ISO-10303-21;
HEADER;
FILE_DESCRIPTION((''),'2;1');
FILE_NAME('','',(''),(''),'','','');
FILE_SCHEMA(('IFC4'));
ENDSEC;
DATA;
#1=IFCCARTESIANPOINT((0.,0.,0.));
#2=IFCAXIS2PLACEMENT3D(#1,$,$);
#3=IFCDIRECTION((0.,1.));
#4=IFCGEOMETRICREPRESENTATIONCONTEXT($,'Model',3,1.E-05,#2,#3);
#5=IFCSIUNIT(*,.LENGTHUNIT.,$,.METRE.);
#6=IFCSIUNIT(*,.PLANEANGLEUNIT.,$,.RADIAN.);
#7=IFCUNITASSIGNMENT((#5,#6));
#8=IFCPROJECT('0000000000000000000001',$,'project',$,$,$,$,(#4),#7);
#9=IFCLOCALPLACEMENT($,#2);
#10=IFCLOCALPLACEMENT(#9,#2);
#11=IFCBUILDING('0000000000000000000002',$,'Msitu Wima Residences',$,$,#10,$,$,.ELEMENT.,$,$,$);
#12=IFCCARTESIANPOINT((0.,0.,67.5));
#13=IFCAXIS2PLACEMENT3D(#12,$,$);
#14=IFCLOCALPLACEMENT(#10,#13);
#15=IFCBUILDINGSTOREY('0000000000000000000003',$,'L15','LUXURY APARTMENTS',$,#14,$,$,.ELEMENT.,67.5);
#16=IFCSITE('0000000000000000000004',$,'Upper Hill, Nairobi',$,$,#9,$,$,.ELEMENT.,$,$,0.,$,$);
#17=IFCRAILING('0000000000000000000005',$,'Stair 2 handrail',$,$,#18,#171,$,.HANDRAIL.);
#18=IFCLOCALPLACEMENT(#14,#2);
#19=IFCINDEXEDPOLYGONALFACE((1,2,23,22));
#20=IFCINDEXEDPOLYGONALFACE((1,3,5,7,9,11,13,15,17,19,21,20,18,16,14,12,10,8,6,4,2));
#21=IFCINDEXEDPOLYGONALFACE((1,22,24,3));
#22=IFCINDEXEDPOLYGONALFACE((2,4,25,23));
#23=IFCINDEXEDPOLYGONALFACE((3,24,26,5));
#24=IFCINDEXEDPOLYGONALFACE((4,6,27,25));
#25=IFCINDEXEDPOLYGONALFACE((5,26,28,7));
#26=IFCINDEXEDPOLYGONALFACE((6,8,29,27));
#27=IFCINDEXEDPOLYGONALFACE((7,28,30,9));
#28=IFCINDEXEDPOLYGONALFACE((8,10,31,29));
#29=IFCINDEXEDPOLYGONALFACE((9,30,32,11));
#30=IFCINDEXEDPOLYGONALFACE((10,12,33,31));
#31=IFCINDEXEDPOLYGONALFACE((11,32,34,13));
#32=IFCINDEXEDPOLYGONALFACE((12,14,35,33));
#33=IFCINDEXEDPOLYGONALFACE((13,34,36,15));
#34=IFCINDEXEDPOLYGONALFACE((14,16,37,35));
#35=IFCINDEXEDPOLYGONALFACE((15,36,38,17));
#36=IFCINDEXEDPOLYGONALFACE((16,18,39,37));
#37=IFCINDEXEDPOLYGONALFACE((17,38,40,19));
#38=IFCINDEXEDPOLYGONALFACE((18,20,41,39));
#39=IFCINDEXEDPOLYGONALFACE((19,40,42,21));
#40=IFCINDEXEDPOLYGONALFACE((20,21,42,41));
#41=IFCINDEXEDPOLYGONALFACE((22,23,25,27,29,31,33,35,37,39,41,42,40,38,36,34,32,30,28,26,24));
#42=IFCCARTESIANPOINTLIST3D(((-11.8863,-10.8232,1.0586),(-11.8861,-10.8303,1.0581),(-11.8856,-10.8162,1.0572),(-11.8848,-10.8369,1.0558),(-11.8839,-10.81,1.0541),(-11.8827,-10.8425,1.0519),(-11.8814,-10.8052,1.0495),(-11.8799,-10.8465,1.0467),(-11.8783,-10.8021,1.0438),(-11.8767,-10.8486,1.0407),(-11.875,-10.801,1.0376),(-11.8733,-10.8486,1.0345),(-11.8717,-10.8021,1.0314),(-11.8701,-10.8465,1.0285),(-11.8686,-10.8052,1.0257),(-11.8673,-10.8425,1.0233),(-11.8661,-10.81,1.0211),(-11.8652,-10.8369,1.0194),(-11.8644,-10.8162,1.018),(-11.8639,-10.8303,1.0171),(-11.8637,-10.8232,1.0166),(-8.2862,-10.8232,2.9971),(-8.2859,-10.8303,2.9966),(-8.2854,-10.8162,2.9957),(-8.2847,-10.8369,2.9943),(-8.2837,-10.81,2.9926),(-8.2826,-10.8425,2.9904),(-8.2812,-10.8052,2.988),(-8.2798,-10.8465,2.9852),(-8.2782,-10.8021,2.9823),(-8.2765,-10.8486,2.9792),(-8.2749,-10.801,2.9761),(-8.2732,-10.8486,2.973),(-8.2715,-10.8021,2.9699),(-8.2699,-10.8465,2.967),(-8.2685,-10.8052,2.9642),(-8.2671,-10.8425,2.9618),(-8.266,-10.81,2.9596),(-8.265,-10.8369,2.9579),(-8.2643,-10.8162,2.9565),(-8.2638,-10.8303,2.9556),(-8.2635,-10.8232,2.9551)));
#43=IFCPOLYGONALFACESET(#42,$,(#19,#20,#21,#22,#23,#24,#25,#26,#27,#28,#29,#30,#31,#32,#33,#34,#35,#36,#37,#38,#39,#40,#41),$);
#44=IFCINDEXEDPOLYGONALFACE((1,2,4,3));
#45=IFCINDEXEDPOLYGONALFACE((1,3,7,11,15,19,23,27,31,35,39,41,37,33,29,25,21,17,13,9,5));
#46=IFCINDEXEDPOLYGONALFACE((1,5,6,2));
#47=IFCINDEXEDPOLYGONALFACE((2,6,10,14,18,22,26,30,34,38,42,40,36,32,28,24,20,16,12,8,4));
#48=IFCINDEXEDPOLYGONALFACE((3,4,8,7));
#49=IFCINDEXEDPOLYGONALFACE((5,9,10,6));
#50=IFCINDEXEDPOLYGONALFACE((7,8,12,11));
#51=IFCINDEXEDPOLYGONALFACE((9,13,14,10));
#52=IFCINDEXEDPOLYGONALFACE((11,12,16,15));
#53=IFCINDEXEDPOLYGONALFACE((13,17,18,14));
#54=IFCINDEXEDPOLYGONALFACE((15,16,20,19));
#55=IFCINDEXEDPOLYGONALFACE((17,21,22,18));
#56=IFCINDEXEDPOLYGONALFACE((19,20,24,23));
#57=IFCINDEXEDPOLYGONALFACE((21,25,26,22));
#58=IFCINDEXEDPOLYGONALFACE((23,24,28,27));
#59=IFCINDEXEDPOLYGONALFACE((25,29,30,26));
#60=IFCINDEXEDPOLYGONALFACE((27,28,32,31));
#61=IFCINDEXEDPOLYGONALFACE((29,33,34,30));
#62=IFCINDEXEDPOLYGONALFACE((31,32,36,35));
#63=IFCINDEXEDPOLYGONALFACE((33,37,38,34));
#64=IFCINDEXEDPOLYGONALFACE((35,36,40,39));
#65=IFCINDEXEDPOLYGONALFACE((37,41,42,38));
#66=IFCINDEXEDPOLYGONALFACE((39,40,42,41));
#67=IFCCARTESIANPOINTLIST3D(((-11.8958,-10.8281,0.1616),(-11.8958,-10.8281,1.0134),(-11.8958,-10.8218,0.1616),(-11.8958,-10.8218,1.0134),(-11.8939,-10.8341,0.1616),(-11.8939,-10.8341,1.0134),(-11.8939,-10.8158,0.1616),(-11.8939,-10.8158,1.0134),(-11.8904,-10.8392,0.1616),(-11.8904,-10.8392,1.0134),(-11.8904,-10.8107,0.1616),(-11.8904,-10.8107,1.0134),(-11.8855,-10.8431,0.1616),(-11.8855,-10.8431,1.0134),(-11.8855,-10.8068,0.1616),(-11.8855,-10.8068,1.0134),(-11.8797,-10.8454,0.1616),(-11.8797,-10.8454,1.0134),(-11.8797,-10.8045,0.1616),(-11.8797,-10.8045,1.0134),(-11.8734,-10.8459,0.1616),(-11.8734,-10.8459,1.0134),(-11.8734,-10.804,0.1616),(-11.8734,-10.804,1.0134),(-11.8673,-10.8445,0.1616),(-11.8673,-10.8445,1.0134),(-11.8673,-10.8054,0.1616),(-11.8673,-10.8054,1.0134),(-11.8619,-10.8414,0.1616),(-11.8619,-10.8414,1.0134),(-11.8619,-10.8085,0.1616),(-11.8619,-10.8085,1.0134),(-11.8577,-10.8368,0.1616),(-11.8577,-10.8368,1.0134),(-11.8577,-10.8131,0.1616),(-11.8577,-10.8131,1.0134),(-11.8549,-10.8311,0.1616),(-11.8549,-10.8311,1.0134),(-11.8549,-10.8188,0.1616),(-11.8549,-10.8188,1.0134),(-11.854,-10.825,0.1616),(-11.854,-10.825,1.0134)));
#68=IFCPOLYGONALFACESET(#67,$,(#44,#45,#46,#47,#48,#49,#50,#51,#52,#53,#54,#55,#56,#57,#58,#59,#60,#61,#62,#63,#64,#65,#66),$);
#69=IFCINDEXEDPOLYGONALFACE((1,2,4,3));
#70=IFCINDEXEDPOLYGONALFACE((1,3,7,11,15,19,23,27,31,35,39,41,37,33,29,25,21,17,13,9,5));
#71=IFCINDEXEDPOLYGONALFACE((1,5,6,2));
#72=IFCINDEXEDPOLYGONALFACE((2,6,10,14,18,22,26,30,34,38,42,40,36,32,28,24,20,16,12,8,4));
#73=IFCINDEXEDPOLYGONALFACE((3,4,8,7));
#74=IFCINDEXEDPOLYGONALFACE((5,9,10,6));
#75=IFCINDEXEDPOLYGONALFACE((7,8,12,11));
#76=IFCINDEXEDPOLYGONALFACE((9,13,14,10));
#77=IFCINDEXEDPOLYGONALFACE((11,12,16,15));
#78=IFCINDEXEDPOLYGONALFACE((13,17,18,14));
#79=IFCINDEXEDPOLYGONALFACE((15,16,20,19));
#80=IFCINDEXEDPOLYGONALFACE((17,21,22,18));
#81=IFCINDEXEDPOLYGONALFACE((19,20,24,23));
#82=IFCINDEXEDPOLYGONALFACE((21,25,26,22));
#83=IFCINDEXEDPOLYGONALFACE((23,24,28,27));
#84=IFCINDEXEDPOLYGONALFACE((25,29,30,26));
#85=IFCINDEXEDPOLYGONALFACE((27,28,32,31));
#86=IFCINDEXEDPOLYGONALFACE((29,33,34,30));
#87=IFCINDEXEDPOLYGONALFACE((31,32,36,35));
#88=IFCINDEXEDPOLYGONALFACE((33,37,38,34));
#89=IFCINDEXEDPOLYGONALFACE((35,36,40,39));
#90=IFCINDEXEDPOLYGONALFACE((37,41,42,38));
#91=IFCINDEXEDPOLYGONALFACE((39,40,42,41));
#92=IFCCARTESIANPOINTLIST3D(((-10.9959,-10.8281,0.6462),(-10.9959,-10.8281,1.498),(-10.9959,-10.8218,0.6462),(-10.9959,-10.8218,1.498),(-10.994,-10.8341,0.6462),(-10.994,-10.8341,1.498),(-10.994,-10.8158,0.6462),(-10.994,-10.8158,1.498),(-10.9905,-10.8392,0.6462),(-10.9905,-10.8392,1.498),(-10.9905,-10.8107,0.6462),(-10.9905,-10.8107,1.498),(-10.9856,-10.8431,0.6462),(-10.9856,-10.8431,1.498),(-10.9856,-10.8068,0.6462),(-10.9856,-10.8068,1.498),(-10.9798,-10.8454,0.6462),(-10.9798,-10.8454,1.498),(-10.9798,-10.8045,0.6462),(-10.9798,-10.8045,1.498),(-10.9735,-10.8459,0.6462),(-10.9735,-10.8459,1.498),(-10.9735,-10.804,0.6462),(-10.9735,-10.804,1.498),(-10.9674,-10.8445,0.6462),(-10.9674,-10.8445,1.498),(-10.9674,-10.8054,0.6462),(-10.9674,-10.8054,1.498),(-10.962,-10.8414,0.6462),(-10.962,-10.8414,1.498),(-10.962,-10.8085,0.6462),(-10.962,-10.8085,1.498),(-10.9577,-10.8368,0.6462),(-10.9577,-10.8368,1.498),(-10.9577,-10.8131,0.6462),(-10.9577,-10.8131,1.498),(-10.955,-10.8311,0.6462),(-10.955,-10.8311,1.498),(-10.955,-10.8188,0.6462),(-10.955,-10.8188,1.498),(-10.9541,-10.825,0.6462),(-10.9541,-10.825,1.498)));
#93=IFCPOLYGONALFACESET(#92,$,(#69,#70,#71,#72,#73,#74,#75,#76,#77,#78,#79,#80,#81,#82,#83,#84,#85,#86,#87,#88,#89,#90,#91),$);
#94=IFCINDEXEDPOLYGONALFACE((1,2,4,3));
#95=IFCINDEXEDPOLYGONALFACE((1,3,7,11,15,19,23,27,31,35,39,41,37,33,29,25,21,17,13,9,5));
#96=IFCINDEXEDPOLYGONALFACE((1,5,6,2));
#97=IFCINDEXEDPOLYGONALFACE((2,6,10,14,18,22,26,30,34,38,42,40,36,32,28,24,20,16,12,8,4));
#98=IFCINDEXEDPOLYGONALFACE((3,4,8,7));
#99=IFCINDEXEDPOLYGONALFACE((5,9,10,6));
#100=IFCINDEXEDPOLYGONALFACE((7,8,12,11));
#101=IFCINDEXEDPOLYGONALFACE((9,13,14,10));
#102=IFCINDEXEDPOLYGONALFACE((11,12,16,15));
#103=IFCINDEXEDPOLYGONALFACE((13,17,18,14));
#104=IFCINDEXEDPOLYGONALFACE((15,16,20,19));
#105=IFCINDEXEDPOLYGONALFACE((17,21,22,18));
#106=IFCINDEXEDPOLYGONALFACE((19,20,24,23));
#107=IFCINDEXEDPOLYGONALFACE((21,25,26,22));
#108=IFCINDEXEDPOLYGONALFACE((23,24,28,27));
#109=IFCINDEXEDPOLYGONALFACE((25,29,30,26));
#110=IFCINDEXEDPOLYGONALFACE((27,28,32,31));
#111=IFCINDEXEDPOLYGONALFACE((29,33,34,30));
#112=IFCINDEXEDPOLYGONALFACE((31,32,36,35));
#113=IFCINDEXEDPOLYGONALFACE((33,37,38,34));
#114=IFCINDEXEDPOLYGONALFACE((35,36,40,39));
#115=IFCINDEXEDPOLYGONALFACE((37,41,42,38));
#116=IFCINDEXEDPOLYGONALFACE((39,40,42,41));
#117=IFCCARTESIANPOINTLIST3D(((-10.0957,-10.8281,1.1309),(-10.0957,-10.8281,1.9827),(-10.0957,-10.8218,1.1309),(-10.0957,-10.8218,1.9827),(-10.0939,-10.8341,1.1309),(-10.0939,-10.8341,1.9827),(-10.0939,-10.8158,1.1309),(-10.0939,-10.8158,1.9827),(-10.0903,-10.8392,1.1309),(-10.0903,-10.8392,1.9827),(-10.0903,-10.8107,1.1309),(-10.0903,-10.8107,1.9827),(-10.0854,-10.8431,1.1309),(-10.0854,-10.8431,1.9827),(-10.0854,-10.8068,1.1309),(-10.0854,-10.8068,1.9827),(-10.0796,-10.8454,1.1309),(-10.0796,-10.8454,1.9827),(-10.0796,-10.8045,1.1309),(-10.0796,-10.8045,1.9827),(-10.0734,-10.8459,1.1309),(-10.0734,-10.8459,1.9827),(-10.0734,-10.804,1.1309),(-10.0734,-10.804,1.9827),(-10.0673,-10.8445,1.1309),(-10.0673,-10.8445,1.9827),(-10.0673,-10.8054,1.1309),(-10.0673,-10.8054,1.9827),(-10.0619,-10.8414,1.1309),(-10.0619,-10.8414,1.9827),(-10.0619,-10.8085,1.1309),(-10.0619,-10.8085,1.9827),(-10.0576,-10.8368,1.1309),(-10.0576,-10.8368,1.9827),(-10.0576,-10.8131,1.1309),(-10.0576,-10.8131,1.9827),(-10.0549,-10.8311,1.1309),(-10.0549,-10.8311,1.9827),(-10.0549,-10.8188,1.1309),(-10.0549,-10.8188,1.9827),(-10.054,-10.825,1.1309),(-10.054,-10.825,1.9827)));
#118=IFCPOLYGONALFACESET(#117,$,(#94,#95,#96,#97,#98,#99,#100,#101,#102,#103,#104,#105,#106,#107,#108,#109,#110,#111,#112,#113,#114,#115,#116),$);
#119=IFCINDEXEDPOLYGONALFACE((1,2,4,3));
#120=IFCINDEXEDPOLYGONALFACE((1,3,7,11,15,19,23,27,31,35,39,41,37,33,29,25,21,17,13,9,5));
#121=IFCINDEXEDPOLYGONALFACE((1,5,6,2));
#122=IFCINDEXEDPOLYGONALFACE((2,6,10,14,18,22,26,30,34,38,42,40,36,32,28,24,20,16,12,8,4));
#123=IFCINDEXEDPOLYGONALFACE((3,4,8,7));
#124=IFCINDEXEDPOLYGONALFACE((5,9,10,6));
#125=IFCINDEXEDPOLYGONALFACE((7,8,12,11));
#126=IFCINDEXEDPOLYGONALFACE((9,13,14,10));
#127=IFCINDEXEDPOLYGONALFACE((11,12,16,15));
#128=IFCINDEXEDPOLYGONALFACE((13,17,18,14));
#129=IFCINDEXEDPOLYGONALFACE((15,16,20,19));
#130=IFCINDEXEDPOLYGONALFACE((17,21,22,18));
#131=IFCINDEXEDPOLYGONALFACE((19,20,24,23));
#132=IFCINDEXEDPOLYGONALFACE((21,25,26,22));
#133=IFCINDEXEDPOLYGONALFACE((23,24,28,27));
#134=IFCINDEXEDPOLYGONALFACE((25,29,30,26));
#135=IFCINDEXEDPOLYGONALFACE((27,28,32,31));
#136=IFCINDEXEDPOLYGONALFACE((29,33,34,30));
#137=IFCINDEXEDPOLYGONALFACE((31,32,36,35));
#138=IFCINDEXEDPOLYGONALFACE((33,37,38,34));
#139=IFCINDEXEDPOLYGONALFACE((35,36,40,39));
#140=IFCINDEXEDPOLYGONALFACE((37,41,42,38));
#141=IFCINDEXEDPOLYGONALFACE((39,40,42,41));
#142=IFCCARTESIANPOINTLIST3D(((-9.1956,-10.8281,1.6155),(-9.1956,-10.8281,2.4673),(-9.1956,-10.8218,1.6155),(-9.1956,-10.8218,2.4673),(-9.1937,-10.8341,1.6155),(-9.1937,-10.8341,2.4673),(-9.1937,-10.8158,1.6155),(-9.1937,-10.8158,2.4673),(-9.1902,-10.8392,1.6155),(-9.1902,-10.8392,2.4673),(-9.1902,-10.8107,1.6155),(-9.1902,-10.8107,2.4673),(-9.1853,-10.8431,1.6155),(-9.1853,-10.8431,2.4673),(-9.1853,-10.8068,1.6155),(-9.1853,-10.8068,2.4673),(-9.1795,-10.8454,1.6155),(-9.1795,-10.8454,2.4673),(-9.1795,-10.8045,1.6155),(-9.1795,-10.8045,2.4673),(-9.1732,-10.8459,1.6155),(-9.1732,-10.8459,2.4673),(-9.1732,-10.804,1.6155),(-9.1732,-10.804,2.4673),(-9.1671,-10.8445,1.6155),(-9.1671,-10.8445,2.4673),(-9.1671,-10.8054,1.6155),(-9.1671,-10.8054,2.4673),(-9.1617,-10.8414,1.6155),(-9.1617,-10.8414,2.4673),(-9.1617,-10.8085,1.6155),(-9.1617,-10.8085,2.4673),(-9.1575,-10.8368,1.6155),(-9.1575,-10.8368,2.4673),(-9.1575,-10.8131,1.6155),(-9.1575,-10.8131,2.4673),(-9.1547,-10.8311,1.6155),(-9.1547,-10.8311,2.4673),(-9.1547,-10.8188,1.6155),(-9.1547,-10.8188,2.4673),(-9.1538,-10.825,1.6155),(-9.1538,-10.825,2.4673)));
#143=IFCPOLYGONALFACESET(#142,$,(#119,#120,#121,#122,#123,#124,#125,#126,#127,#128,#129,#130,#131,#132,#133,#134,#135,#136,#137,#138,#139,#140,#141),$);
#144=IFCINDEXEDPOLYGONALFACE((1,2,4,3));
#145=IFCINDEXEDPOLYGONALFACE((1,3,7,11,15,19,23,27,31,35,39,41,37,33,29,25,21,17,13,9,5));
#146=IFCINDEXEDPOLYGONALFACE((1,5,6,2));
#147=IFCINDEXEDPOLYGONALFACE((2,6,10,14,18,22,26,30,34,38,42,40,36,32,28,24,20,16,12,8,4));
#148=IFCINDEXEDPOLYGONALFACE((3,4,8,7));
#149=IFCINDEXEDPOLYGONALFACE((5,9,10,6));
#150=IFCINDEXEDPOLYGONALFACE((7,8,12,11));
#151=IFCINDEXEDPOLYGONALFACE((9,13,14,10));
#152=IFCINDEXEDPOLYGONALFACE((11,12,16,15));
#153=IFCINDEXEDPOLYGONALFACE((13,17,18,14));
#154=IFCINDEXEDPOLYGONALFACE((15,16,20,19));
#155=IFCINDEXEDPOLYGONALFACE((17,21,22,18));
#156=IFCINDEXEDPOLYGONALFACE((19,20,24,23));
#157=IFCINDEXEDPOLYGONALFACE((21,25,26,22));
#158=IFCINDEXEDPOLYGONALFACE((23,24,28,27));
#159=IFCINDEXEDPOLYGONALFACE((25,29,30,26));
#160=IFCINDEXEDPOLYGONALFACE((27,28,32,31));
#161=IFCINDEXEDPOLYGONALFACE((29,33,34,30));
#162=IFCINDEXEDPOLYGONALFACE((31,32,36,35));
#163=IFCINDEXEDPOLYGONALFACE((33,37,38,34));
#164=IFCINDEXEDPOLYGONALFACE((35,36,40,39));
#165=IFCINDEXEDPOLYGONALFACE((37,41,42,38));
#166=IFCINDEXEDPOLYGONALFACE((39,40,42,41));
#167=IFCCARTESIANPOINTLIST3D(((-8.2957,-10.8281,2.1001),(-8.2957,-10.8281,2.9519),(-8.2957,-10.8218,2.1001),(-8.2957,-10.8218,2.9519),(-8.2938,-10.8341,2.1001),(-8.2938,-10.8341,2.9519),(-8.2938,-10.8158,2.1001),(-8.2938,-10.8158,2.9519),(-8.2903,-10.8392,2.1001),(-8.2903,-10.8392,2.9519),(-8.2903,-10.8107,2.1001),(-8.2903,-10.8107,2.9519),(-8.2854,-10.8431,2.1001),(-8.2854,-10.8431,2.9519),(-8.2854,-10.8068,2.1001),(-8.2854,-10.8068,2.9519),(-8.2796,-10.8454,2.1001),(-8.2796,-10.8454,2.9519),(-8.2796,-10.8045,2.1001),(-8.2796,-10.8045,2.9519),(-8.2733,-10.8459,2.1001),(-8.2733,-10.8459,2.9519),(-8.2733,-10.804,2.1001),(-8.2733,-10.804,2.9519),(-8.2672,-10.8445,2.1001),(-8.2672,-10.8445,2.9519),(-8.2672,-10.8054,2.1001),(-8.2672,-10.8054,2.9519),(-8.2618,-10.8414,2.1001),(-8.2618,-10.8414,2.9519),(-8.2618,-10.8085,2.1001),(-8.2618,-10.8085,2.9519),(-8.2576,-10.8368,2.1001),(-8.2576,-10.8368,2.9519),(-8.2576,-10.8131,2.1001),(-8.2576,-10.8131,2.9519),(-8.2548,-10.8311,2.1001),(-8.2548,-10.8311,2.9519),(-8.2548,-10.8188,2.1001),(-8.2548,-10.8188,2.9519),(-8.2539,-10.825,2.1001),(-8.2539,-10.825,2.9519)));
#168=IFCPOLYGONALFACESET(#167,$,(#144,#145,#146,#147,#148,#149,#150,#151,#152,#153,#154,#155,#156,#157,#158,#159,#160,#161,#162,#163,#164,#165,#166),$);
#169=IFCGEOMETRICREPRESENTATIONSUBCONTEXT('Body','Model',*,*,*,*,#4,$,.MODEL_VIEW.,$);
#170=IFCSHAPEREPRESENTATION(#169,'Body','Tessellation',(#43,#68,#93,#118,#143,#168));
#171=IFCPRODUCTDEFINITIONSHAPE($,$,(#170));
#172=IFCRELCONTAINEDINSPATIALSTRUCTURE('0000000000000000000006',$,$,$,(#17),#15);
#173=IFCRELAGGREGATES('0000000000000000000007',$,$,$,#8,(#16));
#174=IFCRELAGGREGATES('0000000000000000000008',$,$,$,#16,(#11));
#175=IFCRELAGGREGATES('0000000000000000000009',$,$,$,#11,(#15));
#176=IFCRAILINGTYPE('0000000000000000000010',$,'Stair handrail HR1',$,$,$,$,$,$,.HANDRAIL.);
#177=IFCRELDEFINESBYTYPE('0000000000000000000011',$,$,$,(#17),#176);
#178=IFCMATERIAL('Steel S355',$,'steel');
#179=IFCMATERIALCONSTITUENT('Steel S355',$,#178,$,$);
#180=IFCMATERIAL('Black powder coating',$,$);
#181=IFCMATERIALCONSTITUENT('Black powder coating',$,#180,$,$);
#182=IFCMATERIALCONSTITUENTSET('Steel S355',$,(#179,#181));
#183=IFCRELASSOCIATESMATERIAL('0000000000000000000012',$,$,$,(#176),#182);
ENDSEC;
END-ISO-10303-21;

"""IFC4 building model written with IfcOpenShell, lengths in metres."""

from ifc_helpers import new_model, si_unit, direction, frame, origin, origin_2d, place, context, subcontext, project, spatial, circle, extrude, material, constituent, constituent_set, type_object, element, save


model = new_model("IFC4")

# Units and contexts
model_context = context("Model", 3, precision=1e-05, world=origin(), true_north=direction((0.0, 1.0)))
body_context = subcontext(model_context, "Body", "Model", "MODEL_VIEW")
ifc_project = project(units=[si_unit("LENGTHUNIT", "METRE"), si_unit("PLANEANGLEUNIT", "RADIAN")], contexts=[model_context])

# Site, building, storey
site_placement = place(None, origin())
site = spatial("IfcSite", under=ifc_project, at=site_placement, Name="Upper Hill, Nairobi", CompositionType="ELEMENT", RefElevation=0.0)
building_placement = place(site_placement, origin())
building = spatial("IfcBuilding", under=site, at=building_placement, Name="Msitu Wima Residences", CompositionType="ELEMENT")
storey_placement = place(building_placement, frame((0.0, 0.0, 67.5)))
storey = spatial("IfcBuildingStorey", under=building, at=storey_placement, Name="L15", Description="LUXURY APARTMENTS", CompositionType="ELEMENT", Elevation=67.5)

# Railing
ifc_material_1 = material(Name="Steel S355", Category="steel")
ifc_constituent_1 = constituent(ifc_material_1, Name="Steel S355")
ifc_material_2 = material(Name="Black powder coating")
ifc_constituent_2 = constituent(ifc_material_2, Name="Black powder coating")
ifc_constituent_set = constituent_set(constituents=[ifc_constituent_1, ifc_constituent_2], Name="Steel S355")
railing_type = type_object("IfcRailingType", Name="Stair handrail HR1", PredefinedType="HANDRAIL", material=ifc_constituent_set)
for number, where, name in (
    (1, (-11.875, -10.825, 0.1616), "Stair 2 handrail"),
):
    element("IfcRailing", number, at=place(storey_placement, frame(where)), inside=storey, type_object=railing_type, Name=name, PredefinedType="HANDRAIL", context=body_context, shape_type="SweptSolid", body=[
        extrude(circle(Radius=0.0239, at=origin_2d()), frame((0.0, 0.0, 0.876), z_axis=(0.880475, 0.0, 0.474093), x_axis=(0.0, 1.0, 0.0)), (0.0, 0.0, 1.0), 4.0889),
        extrude(circle(Radius=0.021, at=origin_2d()), origin(), (0.0, 0.0, 1.0), 0.8518),
        extrude(circle(Radius=0.021, at=origin_2d()), frame((0.8999, 0.0, 0.4846)), (0.0, 0.0, 1.0), 0.8518),
        extrude(circle(Radius=0.021, at=origin_2d()), frame((1.8, 0.0, 0.9692)), (0.0, 0.0, 1.0), 0.8518),
        extrude(circle(Radius=0.021, at=origin_2d()), frame((2.7002, 0.0, 1.4539)), (0.0, 0.0, 1.0), 0.8518),
        extrude(circle(Radius=0.021, at=origin_2d()), frame((3.6001, 0.0, 1.9385)), (0.0, 0.0, 1.0), 0.8518),
    ])

save(model, "model.ifc")
